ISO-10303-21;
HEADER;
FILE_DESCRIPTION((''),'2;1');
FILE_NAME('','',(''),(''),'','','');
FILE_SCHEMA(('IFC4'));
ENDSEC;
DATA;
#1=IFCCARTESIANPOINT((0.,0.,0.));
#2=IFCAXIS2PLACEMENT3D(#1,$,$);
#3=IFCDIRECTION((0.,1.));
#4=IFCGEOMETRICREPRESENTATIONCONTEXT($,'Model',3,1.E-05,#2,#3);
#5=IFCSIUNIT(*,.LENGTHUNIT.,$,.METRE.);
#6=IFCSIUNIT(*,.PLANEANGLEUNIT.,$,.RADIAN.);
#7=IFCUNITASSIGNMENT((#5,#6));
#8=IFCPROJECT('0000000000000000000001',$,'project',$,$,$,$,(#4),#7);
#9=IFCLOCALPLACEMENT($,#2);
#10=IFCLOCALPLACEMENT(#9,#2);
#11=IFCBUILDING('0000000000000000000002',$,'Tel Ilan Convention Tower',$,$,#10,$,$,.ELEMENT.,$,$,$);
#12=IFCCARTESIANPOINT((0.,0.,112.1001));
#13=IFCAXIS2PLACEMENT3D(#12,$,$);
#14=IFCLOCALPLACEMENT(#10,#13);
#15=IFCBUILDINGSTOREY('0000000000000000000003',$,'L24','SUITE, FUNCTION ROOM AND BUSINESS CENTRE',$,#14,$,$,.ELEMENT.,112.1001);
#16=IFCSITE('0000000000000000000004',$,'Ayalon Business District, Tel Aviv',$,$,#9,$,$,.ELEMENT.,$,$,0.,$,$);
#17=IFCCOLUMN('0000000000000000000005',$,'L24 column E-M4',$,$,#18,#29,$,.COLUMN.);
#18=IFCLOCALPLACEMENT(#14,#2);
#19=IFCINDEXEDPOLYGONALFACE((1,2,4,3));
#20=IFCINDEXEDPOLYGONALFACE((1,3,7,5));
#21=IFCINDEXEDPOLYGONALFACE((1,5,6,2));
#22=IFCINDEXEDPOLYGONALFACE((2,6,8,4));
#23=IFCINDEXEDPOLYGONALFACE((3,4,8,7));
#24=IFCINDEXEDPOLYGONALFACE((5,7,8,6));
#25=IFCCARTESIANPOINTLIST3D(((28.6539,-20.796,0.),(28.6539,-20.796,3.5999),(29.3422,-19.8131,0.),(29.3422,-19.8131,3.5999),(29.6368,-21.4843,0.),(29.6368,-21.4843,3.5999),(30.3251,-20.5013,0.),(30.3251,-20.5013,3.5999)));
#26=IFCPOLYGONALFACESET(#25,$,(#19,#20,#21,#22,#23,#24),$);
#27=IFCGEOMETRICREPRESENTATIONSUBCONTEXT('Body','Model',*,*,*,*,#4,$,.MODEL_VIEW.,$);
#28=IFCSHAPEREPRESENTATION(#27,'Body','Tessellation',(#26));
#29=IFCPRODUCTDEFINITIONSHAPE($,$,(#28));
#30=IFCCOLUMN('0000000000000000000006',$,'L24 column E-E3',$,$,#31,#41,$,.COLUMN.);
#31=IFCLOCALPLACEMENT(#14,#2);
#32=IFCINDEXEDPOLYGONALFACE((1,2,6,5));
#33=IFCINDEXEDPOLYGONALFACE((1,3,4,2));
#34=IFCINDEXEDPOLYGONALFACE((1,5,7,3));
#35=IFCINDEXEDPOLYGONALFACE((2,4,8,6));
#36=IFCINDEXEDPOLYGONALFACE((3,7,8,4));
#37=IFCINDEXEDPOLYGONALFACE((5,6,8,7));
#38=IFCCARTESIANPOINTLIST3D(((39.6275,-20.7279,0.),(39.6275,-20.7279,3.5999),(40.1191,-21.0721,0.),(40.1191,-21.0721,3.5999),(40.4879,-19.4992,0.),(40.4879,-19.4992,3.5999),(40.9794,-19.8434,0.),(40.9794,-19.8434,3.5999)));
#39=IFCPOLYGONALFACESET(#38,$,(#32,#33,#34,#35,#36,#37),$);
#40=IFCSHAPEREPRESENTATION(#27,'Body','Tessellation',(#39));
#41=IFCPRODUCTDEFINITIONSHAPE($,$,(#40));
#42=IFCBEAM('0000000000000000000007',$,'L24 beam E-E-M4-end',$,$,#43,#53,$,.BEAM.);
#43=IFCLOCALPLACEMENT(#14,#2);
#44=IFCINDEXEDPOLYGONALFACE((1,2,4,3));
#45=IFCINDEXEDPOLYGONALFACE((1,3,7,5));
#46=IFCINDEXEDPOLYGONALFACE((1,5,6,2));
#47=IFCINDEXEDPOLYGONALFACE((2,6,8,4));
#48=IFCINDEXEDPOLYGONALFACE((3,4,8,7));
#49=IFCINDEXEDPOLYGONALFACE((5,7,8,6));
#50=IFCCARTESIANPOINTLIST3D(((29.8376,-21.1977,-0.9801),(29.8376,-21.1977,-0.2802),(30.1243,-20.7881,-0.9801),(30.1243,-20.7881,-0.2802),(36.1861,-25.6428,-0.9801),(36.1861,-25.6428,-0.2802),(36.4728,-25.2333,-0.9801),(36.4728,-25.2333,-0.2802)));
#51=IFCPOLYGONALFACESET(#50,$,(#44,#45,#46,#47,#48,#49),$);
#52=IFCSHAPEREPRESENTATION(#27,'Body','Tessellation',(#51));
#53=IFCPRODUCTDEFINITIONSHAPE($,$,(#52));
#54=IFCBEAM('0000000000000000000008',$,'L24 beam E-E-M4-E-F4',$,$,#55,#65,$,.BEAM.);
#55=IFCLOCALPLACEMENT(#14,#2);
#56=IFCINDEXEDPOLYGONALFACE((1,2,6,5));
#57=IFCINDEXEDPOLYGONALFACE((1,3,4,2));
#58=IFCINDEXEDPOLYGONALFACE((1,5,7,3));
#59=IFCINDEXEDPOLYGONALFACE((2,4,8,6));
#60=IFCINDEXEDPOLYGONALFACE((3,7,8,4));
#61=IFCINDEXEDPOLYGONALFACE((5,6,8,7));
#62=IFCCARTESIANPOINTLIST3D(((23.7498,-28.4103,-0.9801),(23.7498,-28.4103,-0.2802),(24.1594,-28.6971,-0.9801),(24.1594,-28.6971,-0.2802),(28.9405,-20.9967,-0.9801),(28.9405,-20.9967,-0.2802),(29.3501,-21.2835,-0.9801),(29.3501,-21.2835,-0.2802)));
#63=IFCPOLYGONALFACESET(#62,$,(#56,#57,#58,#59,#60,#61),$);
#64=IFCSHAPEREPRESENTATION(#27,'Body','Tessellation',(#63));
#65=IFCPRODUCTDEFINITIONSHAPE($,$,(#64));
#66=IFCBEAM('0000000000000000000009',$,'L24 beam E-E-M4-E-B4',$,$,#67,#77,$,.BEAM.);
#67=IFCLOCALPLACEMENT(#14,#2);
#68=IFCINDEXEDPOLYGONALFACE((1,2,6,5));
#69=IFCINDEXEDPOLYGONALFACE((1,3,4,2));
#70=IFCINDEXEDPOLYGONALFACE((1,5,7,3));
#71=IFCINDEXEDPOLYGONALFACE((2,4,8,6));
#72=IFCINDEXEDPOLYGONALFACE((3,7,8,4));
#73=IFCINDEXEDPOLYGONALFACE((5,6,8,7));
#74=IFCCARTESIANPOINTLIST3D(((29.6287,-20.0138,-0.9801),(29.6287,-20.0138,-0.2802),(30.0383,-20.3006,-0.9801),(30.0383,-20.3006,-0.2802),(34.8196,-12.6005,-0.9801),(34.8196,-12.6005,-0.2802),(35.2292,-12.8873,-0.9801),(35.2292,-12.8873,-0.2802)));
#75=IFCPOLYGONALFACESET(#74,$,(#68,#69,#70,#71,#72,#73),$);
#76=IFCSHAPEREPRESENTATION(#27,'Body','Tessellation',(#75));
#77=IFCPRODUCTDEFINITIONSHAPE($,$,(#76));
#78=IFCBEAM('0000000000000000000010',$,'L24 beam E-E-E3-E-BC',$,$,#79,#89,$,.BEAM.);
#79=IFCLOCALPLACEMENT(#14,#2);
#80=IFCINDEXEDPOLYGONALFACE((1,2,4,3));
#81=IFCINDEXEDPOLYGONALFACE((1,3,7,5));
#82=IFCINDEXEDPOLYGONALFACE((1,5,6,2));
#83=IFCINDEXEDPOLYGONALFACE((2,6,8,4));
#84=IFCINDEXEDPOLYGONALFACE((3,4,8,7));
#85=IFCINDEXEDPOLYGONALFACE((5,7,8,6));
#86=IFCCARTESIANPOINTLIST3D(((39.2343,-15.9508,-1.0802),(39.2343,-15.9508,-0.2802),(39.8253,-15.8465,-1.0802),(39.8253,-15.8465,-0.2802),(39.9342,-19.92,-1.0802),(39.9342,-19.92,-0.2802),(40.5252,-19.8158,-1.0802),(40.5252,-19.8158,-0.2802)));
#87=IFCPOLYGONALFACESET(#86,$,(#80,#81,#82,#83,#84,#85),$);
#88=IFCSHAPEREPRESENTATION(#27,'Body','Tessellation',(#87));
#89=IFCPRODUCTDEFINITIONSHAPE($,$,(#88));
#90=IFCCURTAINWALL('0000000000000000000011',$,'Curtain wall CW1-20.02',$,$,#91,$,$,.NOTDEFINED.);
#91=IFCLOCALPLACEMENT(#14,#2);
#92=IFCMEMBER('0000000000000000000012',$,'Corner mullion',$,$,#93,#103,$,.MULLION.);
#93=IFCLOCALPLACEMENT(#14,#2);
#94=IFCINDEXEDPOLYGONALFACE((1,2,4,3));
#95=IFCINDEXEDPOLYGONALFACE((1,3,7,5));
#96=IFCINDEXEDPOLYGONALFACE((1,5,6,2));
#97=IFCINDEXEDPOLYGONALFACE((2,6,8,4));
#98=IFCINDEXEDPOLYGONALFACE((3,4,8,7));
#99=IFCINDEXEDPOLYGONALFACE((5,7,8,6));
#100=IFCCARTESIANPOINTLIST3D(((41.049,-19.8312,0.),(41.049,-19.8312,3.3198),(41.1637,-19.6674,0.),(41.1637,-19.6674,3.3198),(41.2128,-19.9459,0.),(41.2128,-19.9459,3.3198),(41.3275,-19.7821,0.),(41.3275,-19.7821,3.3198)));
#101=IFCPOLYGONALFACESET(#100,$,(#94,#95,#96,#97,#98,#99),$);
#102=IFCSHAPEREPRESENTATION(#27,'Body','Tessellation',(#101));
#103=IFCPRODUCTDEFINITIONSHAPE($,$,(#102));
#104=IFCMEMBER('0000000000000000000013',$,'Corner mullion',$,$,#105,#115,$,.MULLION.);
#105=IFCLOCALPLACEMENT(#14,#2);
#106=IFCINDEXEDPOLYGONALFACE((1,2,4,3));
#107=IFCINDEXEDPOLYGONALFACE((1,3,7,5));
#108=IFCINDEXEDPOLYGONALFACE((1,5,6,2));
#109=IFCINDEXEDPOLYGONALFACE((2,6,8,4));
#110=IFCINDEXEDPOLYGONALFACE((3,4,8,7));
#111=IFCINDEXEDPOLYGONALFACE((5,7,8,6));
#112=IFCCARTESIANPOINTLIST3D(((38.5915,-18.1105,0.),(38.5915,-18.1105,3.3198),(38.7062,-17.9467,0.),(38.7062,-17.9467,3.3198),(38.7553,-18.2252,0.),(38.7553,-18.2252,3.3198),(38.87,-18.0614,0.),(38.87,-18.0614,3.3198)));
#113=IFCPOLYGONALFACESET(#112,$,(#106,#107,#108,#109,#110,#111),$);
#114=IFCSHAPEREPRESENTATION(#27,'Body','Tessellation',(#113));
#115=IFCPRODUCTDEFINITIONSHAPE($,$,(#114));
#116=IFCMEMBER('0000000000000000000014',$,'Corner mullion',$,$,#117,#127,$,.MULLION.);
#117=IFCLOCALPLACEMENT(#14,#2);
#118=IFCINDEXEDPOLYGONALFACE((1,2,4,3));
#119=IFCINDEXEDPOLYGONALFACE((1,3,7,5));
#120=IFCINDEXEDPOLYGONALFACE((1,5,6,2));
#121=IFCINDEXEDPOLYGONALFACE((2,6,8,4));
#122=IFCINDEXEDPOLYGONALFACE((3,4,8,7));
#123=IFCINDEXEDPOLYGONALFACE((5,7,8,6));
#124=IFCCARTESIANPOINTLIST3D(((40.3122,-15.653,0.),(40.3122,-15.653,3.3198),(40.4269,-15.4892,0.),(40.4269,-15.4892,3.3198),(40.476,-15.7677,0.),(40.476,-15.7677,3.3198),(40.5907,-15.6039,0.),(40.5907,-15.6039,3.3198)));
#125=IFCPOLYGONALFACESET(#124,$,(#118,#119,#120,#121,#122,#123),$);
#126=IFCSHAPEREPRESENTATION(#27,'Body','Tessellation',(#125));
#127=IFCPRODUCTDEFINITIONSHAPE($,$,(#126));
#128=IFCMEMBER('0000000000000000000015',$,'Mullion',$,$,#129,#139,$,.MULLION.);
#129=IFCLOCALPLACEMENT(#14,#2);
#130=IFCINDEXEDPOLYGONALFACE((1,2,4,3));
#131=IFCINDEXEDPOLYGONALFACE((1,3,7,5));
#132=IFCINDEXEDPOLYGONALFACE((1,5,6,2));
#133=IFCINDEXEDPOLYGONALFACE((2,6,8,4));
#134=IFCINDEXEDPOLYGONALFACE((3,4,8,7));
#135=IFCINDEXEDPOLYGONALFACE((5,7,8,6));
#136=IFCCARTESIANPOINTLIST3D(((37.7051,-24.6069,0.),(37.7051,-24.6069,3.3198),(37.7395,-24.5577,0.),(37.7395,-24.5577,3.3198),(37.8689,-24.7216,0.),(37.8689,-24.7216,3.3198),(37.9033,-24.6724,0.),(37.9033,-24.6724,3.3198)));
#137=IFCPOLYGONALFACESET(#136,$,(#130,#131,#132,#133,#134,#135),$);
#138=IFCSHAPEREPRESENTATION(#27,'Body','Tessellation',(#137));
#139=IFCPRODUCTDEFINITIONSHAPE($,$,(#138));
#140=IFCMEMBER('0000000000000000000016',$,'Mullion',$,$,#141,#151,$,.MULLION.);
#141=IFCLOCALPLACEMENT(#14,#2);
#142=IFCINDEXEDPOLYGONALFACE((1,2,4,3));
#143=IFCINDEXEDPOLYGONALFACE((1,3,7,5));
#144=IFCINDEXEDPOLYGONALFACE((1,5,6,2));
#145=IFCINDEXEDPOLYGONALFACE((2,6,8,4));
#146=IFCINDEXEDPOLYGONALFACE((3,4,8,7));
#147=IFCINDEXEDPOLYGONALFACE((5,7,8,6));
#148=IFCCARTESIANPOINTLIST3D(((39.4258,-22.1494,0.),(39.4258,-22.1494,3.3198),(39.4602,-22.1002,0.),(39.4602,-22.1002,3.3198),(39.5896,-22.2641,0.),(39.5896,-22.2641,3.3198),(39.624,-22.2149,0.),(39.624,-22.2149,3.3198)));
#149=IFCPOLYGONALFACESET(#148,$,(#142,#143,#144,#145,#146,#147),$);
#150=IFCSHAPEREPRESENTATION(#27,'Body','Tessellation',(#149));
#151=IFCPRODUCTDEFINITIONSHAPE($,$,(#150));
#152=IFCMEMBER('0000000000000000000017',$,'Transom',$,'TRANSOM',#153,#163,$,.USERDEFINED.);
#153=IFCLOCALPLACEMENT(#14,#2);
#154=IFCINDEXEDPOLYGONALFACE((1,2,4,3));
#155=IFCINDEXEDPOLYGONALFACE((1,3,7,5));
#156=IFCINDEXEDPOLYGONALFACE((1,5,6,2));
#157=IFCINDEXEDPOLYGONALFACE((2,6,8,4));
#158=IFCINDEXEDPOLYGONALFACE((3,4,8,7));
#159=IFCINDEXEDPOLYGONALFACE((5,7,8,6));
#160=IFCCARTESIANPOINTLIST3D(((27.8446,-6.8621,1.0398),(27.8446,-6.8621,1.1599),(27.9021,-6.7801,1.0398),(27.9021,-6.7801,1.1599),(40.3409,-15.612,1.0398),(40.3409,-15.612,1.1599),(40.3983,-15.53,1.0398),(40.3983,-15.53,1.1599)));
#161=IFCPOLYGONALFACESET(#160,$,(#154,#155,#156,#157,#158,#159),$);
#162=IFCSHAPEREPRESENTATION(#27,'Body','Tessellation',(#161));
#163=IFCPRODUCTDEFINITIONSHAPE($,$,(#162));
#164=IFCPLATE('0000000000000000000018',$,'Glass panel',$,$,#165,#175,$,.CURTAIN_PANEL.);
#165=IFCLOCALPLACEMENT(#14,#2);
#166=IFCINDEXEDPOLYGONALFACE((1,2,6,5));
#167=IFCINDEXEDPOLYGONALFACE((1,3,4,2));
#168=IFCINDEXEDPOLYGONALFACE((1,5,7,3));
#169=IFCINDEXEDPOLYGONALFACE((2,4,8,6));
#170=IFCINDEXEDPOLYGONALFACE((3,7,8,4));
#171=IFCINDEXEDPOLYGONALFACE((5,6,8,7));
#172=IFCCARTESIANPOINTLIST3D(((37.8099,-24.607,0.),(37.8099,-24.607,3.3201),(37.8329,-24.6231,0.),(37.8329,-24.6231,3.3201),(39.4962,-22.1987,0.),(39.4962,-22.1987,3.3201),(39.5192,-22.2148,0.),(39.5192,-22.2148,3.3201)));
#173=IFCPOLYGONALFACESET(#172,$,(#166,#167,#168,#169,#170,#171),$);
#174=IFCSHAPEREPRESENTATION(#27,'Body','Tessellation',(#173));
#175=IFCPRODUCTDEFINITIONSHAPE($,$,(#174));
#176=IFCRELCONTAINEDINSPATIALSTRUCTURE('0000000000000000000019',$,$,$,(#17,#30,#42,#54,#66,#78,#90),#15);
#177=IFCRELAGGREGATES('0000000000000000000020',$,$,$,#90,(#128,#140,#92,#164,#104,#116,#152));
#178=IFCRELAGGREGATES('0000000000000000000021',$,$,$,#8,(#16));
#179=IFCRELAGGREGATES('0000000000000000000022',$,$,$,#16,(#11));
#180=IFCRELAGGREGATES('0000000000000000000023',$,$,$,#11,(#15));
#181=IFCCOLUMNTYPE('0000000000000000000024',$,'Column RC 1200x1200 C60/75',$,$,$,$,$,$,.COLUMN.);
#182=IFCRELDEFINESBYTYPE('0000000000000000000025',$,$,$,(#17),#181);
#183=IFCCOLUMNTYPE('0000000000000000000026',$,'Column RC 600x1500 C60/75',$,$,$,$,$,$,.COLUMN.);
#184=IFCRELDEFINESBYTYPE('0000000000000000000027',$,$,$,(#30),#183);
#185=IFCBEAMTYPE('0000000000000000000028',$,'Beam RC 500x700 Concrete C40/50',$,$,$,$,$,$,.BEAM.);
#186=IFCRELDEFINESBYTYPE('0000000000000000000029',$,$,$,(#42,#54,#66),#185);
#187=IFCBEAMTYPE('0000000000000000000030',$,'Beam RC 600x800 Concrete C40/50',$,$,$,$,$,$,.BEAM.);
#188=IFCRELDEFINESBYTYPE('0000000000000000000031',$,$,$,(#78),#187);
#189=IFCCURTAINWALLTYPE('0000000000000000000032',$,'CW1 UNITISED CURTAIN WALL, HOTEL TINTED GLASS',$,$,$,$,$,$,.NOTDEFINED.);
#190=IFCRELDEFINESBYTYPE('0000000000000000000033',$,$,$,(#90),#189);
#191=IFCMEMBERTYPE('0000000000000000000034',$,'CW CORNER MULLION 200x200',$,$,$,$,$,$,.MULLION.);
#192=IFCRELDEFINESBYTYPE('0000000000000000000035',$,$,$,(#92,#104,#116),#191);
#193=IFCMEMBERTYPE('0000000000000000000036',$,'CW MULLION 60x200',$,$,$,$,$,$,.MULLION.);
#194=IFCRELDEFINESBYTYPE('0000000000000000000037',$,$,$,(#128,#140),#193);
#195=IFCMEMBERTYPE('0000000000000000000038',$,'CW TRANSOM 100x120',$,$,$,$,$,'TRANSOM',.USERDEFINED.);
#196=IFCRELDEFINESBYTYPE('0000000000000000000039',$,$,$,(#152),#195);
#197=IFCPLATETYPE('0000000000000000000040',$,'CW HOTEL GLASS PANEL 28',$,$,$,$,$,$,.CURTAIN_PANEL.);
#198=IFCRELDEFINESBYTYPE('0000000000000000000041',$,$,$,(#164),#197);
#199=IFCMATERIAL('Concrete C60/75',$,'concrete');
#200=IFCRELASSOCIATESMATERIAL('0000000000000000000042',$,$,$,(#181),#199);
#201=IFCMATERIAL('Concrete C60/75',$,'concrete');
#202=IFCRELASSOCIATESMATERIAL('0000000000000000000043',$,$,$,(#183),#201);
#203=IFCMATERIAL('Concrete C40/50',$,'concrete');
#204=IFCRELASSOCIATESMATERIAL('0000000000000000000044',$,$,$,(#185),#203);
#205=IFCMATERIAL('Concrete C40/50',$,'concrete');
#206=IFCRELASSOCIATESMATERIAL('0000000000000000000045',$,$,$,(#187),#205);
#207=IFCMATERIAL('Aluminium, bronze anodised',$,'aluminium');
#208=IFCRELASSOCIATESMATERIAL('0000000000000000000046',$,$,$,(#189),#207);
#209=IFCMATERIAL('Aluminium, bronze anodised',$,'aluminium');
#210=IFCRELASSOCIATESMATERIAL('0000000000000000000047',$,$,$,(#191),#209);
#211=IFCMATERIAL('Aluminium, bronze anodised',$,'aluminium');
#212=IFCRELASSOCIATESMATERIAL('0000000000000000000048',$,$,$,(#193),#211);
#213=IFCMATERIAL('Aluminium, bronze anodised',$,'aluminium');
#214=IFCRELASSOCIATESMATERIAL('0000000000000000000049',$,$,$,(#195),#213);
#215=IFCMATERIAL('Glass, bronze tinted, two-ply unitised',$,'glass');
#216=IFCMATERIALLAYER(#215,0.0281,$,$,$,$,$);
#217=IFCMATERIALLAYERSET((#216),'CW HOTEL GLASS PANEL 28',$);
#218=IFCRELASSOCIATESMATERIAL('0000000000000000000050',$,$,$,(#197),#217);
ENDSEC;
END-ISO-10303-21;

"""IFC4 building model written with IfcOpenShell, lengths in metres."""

from ifc_helpers import new_model, si_unit, direction, frame, origin, origin_2d, place, context, subcontext, project, spatial, rectangle, extrude, material, layer, layer_set, material_profile, profile_set, type_object, element, aggregate, save


model = new_model("IFC4")

# Units and contexts
model_context = context("Model", 3, precision=1e-05, world=origin(), true_north=direction((0.0, 1.0)))
body_context = subcontext(model_context, "Body", "Model", "MODEL_VIEW")
ifc_project = project(units=[si_unit("LENGTHUNIT", "METRE"), si_unit("PLANEANGLEUNIT", "RADIAN")], contexts=[model_context])

# Site, building, storey
site_placement = place(None, origin())
site = spatial("IfcSite", under=ifc_project, at=site_placement, Name="Ayalon Business District, Tel Aviv", CompositionType="ELEMENT", RefElevation=0.0)
building_placement = place(site_placement, origin())
building = spatial("IfcBuilding", under=site, at=building_placement, Name="Tel Ilan Convention Tower", CompositionType="ELEMENT")
storey_placement = place(building_placement, frame((0.0, 0.0, 112.1001)))
storey = spatial("IfcBuildingStorey", under=building, at=storey_placement, Name="L24", Description="SUITE, FUNCTION ROOM AND BUSINESS CENTRE", CompositionType="ELEMENT", Elevation=112.1001)

# Columns
ifc_material_1 = material(Name="Concrete C60/75", Category="concrete")
ifc_material_profile_1 = material_profile(ifc_material_1, rectangle(XDim=1.2, YDim=1.2, at=origin_2d()), Name="RC 1200x1200")
ifc_profile_set_1 = profile_set([ifc_material_profile_1], Name="Concrete C60/75")
column_type_1 = type_object("IfcColumnType", Name="Column RC 1200x1200 C60/75", PredefinedType="COLUMN", material=ifc_profile_set_1)
column_1_placement = place(storey_placement, frame((29.4895, -20.6487, 0.0), z_axis=(0.0, 0.0, 1.0), x_axis=(0.819152, -0.573576, 0.0)))
element("IfcColumn", 1, at=column_1_placement, inside=storey, type_object=column_type_1, Name="L24 column E-M4", PredefinedType="COLUMN", context=body_context, shape_type="SweptSolid", body=[
    extrude(rectangle(XDim=1.2, YDim=1.2, at=origin_2d()), origin(), (0.0, 0.0, 1.0), 3.5999),
])
ifc_material_2 = material(Name="Concrete C60/75", Category="concrete")
ifc_material_profile_2 = material_profile(ifc_material_2, rectangle(XDim=1.5, YDim=0.6001, at=origin_2d()), Name="RC 600x1500")
ifc_profile_set_2 = profile_set([ifc_material_profile_2], Name="Concrete C60/75")
column_type_2 = type_object("IfcColumnType", Name="Column RC 600x1500 C60/75", PredefinedType="COLUMN", material=ifc_profile_set_2)
column_2_placement = place(storey_placement, frame((40.3035, -20.2856, 0.0), z_axis=(0.0, 0.0, 1.0), x_axis=(0.573576, 0.819152, 0.0)))
element("IfcColumn", 2, at=column_2_placement, inside=storey, type_object=column_type_2, Name="L24 column E-E3", PredefinedType="COLUMN", context=body_context, shape_type="SweptSolid", body=[
    extrude(rectangle(XDim=1.5, YDim=0.6001, at=origin_2d()), origin(), (0.0, 0.0, 1.0), 3.5999),
])

# Beams
ifc_material_3 = material(Name="Concrete C40/50", Category="concrete")
ifc_material_profile_3 = material_profile(ifc_material_3, rectangle(XDim=0.5, YDim=0.7, at=origin_2d()), Name="RC 500x700")
ifc_profile_set_3 = profile_set([ifc_material_profile_3], Name="Concrete C40/50")
beam_type_1 = type_object("IfcBeamType", Name="Beam RC 500x700 Concrete C40/50", PredefinedType="BEAM", material=ifc_profile_set_3)
beam_1_placement = place(storey_placement, frame((29.981, -20.9929, -0.6301), z_axis=(0.819159, -0.573566, 0.0), x_axis=(0.573566, 0.819159, 0.0)))
element("IfcBeam", 3, at=beam_1_placement, inside=storey, type_object=beam_type_1, Name="L24 beam E-E-M4-end", PredefinedType="BEAM", context=body_context, shape_type="SweptSolid", body=[
    extrude(rectangle(XDim=0.5, YDim=0.7, at=origin_2d()), origin(), (0.0, 0.0, 1.0), 7.75),
])
for number, where, z_axis, x_axis, name in (
    (4, (29.1453, -21.1401, -0.6301), (-0.573549, -0.819171, 0.0), (0.819171, -0.573549, 0.0), "L24 beam E-E-M4-E-F4"),
    (5, (29.8335, -20.1572, -0.6301), (0.57358, 0.81915, 0.0), (-0.81915, 0.57358, 0.0), "L24 beam E-E-M4-E-B4"),
):
    element("IfcBeam", number, at=place(storey_placement, frame(where, z_axis=z_axis, x_axis=x_axis)), inside=storey, type_object=beam_type_1, Name=name, PredefinedType="BEAM", context=body_context, shape_type="SweptSolid", body=[
        extrude(rectangle(XDim=0.5, YDim=0.7, at=origin_2d()), origin(), (0.0, 0.0, 1.0), 9.05),
    ])
ifc_material_4 = material(Name="Concrete C40/50", Category="concrete")
ifc_material_profile_4 = material_profile(ifc_material_4, rectangle(XDim=0.6001, YDim=0.8, at=origin_2d()), Name="RC 600x800")
ifc_profile_set_4 = profile_set([ifc_material_profile_4], Name="Concrete C40/50")
beam_type_2 = type_object("IfcBeamType", Name="Beam RC 600x800 Concrete C40/50", PredefinedType="BEAM", material=ifc_profile_set_4)
beam_2_placement = place(storey_placement, frame((40.2297, -19.8679, -0.6802), z_axis=(-0.173664, 0.984805, 0.0), x_axis=(-0.984805, -0.173664, 0.0)))
element("IfcBeam", 6, at=beam_2_placement, inside=storey, type_object=beam_type_2, Name="L24 beam E-E-E3-E-BC", PredefinedType="BEAM", context=body_context, shape_type="SweptSolid", body=[
    extrude(rectangle(XDim=0.6001, YDim=0.8, at=origin_2d()), origin(), (0.0, 0.0, 1.0), 4.0305),
])

# Curtain wall, members, plate
ifc_material_5 = material(Name="Aluminium, bronze anodised", Category="aluminium")
curtain_wall_type = type_object("IfcCurtainWallType", Name="CW1 UNITISED CURTAIN WALL, HOTEL TINTED GLASS", PredefinedType="NOTDEFINED", material=ifc_material_5)
curtain_wall_placement = place(storey_placement, origin())
curtain_wall = element("IfcCurtainWall", 7, at=curtain_wall_placement, inside=storey, type_object=curtain_wall_type, Name="Curtain wall CW1-20.02", PredefinedType="NOTDEFINED")
ifc_material_6 = material(Name="Aluminium, bronze anodised", Category="aluminium")
ifc_material_profile_5 = material_profile(ifc_material_6, rectangle(XDim=0.2, YDim=0.2, at=origin_2d()), Name="CW CORNER MULLION 200x200")
ifc_profile_set_5 = profile_set([ifc_material_profile_5], Name="Aluminium, bronze anodised")
member_type_1 = type_object("IfcMemberType", Name="CW CORNER MULLION 200x200", PredefinedType="MULLION", material=ifc_profile_set_5)
member_1_placement = place(storey_placement, frame((41.1882, -19.8066, 0.0), z_axis=(0.0, 0.0, 1.0), x_axis=(0.573576, 0.819152, 0.0)))
member_1 = element("IfcMember", 8, at=member_1_placement, type_object=member_type_1, Name="Corner mullion", PredefinedType="MULLION", context=body_context, shape_type="SweptSolid", body=[
    extrude(rectangle(XDim=0.2, YDim=0.2, at=origin_2d()), origin(), (0.0, 0.0, 1.0), 3.3198),
])
member_2_placement = place(storey_placement, frame((38.7307, -18.0859, 0.0), z_axis=(0.0, 0.0, 1.0), x_axis=(-0.819152, 0.573576, 0.0)))
member_2 = element("IfcMember", 9, at=member_2_placement, type_object=member_type_1, Name="Corner mullion", PredefinedType="MULLION", context=body_context, shape_type="SweptSolid", body=[
    extrude(rectangle(XDim=0.2, YDim=0.2, at=origin_2d()), origin(), (0.0, 0.0, 1.0), 3.3198),
])
member_3_placement = place(storey_placement, frame((40.4514, -15.6284, 0.0), z_axis=(0.0, 0.0, 1.0), x_axis=(0.573576, 0.819152, 0.0)))
member_3 = element("IfcMember", 10, at=member_3_placement, type_object=member_type_1, Name="Corner mullion", PredefinedType="MULLION", context=body_context, shape_type="SweptSolid", body=[
    extrude(rectangle(XDim=0.2, YDim=0.2, at=origin_2d()), origin(), (0.0, 0.0, 1.0), 3.3198),
])
ifc_material_7 = material(Name="Aluminium, bronze anodised", Category="aluminium")
ifc_material_profile_6 = material_profile(ifc_material_7, rectangle(XDim=0.0601, YDim=0.2, at=origin_2d()), Name="CW MULLION 60x200")
ifc_profile_set_6 = profile_set([ifc_material_profile_6], Name="Aluminium, bronze anodised")
member_type_2 = type_object("IfcMemberType", Name="CW MULLION 60x200", PredefinedType="MULLION", material=ifc_profile_set_6)
member_4_placement = place(storey_placement, frame((37.8042, -24.6396, 0.0), z_axis=(0.0, 0.0, 1.0), x_axis=(0.573576, 0.819152, 0.0)))
member_4 = element("IfcMember", 11, at=member_4_placement, type_object=member_type_2, Name="Mullion", PredefinedType="MULLION", context=body_context, shape_type="SweptSolid", body=[
    extrude(rectangle(XDim=0.0601, YDim=0.2, at=origin_2d()), origin(), (0.0, 0.0, 1.0), 3.3198),
])
member_5_placement = place(storey_placement, frame((39.5249, -22.1821, 0.0), z_axis=(0.0, 0.0, 1.0), x_axis=(0.573576, 0.819152, 0.0)))
member_5 = element("IfcMember", 12, at=member_5_placement, type_object=member_type_2, Name="Mullion", PredefinedType="MULLION", context=body_context, shape_type="SweptSolid", body=[
    extrude(rectangle(XDim=0.0601, YDim=0.2, at=origin_2d()), origin(), (0.0, 0.0, 1.0), 3.3198),
])
ifc_material_8 = material(Name="Aluminium, bronze anodised", Category="aluminium")
ifc_material_profile_7 = material_profile(ifc_material_8, rectangle(XDim=0.1001, YDim=0.1201, at=origin_2d()), Name="CW TRANSOM 100x120")
ifc_profile_set_7 = profile_set([ifc_material_profile_7], Name="Aluminium, bronze anodised")
member_type_3 = type_object("IfcMemberType", Name="CW TRANSOM 100x120", ElementType="TRANSOM", PredefinedType="USERDEFINED", material=ifc_profile_set_7)
member_6_placement = place(storey_placement, frame((40.3696, -15.571, 1.0999), z_axis=(-0.819153, 0.573575, 0.0), x_axis=(-0.573575, -0.819153, 0.0)))
member_6 = element("IfcMember", 13, at=member_6_placement, type_object=member_type_3, Name="Transom", ObjectType="TRANSOM", PredefinedType="USERDEFINED", context=body_context, shape_type="SweptSolid", body=[
    extrude(rectangle(XDim=0.1001, YDim=0.1201, at=origin_2d()), origin(), (0.0, 0.0, 1.0), 15.2551),
])
ifc_material_9 = material(Name="Glass, bronze tinted, two-ply unitised", Category="glass")
ifc_layer_1 = layer(ifc_material_9, 0.0281)
ifc_layer_set_1 = layer_set([ifc_layer_1], Name="CW HOTEL GLASS PANEL 28")
plate_type = type_object("IfcPlateType", Name="CW HOTEL GLASS PANEL 28", PredefinedType="CURTAIN_PANEL", material=ifc_layer_set_1)
plate_1_placement = place(storey_placement, frame((38.6646, -23.4109, 0.0), z_axis=(0.0, 0.0, 1.0), x_axis=(0.573576, 0.819152, 0.0)))
plate_1 = element("IfcPlate", 14, at=plate_1_placement, type_object=plate_type, Name="Glass panel", PredefinedType="CURTAIN_PANEL", context=body_context, shape_type="SweptSolid", body=[
    extrude(rectangle(XDim=2.9399, YDim=0.0281, at=origin_2d()), origin(), (0.0, 0.0, 1.0), 3.3201),
])
aggregate(curtain_wall, [member_4, member_5, member_1, plate_1, member_2, member_3, member_6])

save(model, "model.ifc")
